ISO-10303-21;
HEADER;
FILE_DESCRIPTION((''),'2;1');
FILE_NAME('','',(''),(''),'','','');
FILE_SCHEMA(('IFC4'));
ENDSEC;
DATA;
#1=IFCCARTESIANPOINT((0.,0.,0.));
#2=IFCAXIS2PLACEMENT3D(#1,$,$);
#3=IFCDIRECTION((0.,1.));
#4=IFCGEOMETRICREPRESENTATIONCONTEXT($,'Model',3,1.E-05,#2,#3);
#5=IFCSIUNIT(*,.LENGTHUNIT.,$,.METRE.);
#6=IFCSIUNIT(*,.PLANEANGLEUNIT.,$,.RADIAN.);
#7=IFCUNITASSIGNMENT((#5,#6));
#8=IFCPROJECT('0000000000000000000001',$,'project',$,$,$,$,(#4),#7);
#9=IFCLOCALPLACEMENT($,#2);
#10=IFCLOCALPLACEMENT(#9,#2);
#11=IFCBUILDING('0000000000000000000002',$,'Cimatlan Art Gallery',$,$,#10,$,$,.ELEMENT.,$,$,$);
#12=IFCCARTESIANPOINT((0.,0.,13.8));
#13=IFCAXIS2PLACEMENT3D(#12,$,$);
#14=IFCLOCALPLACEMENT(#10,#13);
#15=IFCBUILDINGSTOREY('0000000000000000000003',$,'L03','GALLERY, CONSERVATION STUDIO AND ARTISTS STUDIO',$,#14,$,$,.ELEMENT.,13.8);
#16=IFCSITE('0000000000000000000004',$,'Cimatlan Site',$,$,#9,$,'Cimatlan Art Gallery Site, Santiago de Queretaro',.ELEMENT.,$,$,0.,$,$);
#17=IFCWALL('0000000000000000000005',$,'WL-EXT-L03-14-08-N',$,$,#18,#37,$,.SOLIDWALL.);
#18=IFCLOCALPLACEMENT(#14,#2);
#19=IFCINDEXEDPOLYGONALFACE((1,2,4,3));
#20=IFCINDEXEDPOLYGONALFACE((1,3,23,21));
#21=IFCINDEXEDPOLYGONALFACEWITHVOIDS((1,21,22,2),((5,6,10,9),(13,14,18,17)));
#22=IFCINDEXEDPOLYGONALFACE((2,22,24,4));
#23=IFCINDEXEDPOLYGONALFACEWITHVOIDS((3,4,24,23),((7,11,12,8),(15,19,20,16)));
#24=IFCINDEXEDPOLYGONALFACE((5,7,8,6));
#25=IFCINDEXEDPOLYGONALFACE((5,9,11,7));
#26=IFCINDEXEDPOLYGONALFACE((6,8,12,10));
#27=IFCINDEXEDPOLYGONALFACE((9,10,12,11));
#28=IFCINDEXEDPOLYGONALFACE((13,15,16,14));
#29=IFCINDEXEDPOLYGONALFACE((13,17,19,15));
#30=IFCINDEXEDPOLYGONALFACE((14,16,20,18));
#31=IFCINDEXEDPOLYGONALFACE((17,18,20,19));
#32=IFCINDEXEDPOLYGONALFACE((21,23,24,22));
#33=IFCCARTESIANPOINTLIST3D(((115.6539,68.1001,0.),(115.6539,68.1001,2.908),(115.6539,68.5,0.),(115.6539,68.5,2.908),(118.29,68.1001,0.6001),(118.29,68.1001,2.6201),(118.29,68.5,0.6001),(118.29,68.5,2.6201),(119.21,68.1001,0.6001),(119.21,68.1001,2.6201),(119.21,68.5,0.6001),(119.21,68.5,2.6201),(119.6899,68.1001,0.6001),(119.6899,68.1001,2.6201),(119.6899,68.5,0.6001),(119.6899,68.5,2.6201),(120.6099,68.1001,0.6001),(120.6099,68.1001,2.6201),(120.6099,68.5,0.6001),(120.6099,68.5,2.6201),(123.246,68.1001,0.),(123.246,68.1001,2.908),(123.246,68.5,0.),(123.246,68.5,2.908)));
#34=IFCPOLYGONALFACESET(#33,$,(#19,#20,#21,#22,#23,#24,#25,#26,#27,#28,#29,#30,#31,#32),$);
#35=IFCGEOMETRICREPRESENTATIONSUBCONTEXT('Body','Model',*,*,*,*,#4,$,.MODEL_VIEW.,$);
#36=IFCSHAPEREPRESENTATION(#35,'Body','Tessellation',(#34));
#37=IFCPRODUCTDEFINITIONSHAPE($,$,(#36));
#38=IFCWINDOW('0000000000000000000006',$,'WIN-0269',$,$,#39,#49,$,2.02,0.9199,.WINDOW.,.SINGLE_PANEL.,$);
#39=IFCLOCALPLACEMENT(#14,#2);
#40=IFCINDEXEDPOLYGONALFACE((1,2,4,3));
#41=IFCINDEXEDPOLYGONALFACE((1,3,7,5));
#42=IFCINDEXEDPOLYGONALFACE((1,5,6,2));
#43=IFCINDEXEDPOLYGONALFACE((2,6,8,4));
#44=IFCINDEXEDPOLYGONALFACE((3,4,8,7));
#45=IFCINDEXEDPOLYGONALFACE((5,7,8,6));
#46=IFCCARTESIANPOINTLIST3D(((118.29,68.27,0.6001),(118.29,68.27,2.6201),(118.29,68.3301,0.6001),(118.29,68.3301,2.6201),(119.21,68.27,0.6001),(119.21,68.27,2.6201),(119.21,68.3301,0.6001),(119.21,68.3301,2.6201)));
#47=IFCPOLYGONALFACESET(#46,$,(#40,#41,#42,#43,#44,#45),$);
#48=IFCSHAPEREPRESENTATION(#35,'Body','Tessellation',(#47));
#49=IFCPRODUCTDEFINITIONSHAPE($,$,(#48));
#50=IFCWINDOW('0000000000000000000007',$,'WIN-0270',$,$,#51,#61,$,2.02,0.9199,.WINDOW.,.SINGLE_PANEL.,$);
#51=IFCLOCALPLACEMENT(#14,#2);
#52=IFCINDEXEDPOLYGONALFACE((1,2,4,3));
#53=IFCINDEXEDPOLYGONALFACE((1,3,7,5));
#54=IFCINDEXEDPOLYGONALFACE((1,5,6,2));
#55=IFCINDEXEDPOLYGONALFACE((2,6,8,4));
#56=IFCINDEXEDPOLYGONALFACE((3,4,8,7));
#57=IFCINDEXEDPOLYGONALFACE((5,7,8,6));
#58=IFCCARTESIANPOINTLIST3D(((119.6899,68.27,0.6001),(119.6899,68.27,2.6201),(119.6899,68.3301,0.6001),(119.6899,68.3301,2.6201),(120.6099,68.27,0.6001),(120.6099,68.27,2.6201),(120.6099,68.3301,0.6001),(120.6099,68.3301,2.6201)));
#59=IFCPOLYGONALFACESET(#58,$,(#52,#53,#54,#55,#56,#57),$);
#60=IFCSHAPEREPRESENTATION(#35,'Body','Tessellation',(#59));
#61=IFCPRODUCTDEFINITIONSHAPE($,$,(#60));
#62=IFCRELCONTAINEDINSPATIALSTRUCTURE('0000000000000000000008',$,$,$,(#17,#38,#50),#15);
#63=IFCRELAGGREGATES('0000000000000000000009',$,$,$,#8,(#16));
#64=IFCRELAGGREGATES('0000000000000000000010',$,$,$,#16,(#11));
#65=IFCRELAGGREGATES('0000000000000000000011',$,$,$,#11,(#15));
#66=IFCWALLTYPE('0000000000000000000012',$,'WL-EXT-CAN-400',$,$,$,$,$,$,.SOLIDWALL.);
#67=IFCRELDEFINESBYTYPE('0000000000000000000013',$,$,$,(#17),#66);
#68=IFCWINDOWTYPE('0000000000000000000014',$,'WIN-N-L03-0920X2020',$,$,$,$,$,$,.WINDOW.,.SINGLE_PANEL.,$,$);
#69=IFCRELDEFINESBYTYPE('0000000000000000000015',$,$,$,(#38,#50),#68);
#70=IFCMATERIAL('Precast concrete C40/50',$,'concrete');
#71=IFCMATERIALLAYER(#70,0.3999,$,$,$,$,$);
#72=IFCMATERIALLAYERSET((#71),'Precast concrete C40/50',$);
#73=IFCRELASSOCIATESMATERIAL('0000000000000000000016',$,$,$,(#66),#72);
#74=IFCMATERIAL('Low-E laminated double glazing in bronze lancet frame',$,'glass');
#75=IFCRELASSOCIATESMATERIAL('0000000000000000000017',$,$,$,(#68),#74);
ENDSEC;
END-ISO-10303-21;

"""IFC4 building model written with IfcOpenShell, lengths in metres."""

from ifc_helpers import new_model, si_unit, direction, frame, frame_2d, origin, place, context, subcontext, project, spatial, rectangle, extrude, material, layer, layer_set, type_object, element, fill, save


model = new_model("IFC4")

# Units and contexts
model_context = context("Model", 3, precision=1e-05, world=origin(), true_north=direction((0.0, 1.0)))
body_context = subcontext(model_context, "Body", "Model", "MODEL_VIEW")
ifc_project = project(units=[si_unit("LENGTHUNIT", "METRE"), si_unit("PLANEANGLEUNIT", "RADIAN")], contexts=[model_context])

# Site, building, storey
site_placement = place(None, origin())
site = spatial("IfcSite", under=ifc_project, at=site_placement, Name="Cimatlan Site", LongName="Cimatlan Art Gallery Site, Santiago de Queretaro", CompositionType="ELEMENT", RefElevation=0.0)
building_placement = place(site_placement, origin())
building = spatial("IfcBuilding", under=site, at=building_placement, Name="Cimatlan Art Gallery", CompositionType="ELEMENT")
storey_placement = place(building_placement, frame((0.0, 0.0, 13.8)))
storey = spatial("IfcBuildingStorey", under=building, at=storey_placement, Name="L03", Description="GALLERY, CONSERVATION STUDIO AND ARTISTS STUDIO", CompositionType="ELEMENT", Elevation=13.8)

# Wall, openings, windows
ifc_material_1 = material(Name="Precast concrete C40/50", Category="concrete")
ifc_layer_1 = layer(ifc_material_1, 0.3999)
ifc_layer_set_1 = layer_set([ifc_layer_1], Name="Precast concrete C40/50")
wall_type = type_object("IfcWallType", Name="WL-EXT-CAN-400", PredefinedType="SOLIDWALL", material=ifc_layer_set_1)
wall_placement = place(storey_placement, frame((115.6541, 68.3, 0.0), z_axis=(0.0, 0.0, 1.0), x_axis=(1.0, 0.0, 0.0)))
wall = element("IfcWall", 1, at=wall_placement, inside=storey, type_object=wall_type, Name="WL-EXT-L03-14-08-N", PredefinedType="SOLIDWALL", context=body_context, shape_type="SweptSolid", body=[
    extrude(rectangle(XDim=7.592, YDim=0.3999, at=frame_2d((3.7959, 0.0))), origin(), (0.0, 0.0, 1.0), 2.908),
])
opening_1_placement = place(wall_placement, frame((2.636, 0.0, 0.6001)))
opening_1 = element("IfcOpeningElement", 2, at=opening_1_placement, cuts=wall, PredefinedType="OPENING", context=body_context, shape_type="SweptSolid", body=[
    extrude(rectangle(XDim=0.9199, YDim=2.02, at=frame_2d((0.46, 1.01))), frame((0.0, 0.21, 0.0), z_axis=(0.0, -1.0, 0.0), x_axis=(1.0, 0.0, 0.0)), (0.0, 0.0, 1.0), 0.4199),
])
opening_2_placement = place(wall_placement, frame((4.0359, 0.0, 0.6001)))
opening_2 = element("IfcOpeningElement", 3, at=opening_2_placement, cuts=wall, PredefinedType="OPENING", context=body_context, shape_type="SweptSolid", body=[
    extrude(rectangle(XDim=0.9199, YDim=2.02, at=frame_2d((0.46, 1.01))), frame((0.0, 0.21, 0.0), z_axis=(0.0, -1.0, 0.0), x_axis=(1.0, 0.0, 0.0)), (0.0, 0.0, 1.0), 0.4199),
])
ifc_material_2 = material(Name="Low-E laminated double glazing in bronze lancet frame", Category="glass")
window_type = type_object("IfcWindowType", Name="WIN-N-L03-0920X2020", PartitioningType="SINGLE_PANEL", PredefinedType="WINDOW", material=ifc_material_2)
window_1_placement = place(opening_1_placement, origin())
window_1 = element("IfcWindow", 4, at=window_1_placement, inside=storey, type_object=window_type, Name="WIN-0269", OverallHeight=2.02, OverallWidth=0.9199, PartitioningType="SINGLE_PANEL", PredefinedType="WINDOW", context=body_context, shape_type="SweptSolid", body=[
    extrude(rectangle(XDim=0.9199, YDim=2.02, at=frame_2d((0.46, 1.01))), frame((0.0, 0.03, 0.0), z_axis=(0.0, -1.0, 0.0), x_axis=(1.0, 0.0, 0.0)), (0.0, 0.0, 1.0), 0.0601),
])
fill(opening_1, window_1)
window_2_placement = place(opening_2_placement, origin())
window_2 = element("IfcWindow", 5, at=window_2_placement, inside=storey, type_object=window_type, Name="WIN-0270", OverallHeight=2.02, OverallWidth=0.9199, PartitioningType="SINGLE_PANEL", PredefinedType="WINDOW", context=body_context, shape_type="SweptSolid", body=[
    extrude(rectangle(XDim=0.9199, YDim=2.02, at=frame_2d((0.46, 1.01))), frame((0.0, 0.03, 0.0), z_axis=(0.0, -1.0, 0.0), x_axis=(1.0, 0.0, 0.0)), (0.0, 0.0, 1.0), 0.0601),
])
fill(opening_2, window_2)

save(model, "model.ifc")
